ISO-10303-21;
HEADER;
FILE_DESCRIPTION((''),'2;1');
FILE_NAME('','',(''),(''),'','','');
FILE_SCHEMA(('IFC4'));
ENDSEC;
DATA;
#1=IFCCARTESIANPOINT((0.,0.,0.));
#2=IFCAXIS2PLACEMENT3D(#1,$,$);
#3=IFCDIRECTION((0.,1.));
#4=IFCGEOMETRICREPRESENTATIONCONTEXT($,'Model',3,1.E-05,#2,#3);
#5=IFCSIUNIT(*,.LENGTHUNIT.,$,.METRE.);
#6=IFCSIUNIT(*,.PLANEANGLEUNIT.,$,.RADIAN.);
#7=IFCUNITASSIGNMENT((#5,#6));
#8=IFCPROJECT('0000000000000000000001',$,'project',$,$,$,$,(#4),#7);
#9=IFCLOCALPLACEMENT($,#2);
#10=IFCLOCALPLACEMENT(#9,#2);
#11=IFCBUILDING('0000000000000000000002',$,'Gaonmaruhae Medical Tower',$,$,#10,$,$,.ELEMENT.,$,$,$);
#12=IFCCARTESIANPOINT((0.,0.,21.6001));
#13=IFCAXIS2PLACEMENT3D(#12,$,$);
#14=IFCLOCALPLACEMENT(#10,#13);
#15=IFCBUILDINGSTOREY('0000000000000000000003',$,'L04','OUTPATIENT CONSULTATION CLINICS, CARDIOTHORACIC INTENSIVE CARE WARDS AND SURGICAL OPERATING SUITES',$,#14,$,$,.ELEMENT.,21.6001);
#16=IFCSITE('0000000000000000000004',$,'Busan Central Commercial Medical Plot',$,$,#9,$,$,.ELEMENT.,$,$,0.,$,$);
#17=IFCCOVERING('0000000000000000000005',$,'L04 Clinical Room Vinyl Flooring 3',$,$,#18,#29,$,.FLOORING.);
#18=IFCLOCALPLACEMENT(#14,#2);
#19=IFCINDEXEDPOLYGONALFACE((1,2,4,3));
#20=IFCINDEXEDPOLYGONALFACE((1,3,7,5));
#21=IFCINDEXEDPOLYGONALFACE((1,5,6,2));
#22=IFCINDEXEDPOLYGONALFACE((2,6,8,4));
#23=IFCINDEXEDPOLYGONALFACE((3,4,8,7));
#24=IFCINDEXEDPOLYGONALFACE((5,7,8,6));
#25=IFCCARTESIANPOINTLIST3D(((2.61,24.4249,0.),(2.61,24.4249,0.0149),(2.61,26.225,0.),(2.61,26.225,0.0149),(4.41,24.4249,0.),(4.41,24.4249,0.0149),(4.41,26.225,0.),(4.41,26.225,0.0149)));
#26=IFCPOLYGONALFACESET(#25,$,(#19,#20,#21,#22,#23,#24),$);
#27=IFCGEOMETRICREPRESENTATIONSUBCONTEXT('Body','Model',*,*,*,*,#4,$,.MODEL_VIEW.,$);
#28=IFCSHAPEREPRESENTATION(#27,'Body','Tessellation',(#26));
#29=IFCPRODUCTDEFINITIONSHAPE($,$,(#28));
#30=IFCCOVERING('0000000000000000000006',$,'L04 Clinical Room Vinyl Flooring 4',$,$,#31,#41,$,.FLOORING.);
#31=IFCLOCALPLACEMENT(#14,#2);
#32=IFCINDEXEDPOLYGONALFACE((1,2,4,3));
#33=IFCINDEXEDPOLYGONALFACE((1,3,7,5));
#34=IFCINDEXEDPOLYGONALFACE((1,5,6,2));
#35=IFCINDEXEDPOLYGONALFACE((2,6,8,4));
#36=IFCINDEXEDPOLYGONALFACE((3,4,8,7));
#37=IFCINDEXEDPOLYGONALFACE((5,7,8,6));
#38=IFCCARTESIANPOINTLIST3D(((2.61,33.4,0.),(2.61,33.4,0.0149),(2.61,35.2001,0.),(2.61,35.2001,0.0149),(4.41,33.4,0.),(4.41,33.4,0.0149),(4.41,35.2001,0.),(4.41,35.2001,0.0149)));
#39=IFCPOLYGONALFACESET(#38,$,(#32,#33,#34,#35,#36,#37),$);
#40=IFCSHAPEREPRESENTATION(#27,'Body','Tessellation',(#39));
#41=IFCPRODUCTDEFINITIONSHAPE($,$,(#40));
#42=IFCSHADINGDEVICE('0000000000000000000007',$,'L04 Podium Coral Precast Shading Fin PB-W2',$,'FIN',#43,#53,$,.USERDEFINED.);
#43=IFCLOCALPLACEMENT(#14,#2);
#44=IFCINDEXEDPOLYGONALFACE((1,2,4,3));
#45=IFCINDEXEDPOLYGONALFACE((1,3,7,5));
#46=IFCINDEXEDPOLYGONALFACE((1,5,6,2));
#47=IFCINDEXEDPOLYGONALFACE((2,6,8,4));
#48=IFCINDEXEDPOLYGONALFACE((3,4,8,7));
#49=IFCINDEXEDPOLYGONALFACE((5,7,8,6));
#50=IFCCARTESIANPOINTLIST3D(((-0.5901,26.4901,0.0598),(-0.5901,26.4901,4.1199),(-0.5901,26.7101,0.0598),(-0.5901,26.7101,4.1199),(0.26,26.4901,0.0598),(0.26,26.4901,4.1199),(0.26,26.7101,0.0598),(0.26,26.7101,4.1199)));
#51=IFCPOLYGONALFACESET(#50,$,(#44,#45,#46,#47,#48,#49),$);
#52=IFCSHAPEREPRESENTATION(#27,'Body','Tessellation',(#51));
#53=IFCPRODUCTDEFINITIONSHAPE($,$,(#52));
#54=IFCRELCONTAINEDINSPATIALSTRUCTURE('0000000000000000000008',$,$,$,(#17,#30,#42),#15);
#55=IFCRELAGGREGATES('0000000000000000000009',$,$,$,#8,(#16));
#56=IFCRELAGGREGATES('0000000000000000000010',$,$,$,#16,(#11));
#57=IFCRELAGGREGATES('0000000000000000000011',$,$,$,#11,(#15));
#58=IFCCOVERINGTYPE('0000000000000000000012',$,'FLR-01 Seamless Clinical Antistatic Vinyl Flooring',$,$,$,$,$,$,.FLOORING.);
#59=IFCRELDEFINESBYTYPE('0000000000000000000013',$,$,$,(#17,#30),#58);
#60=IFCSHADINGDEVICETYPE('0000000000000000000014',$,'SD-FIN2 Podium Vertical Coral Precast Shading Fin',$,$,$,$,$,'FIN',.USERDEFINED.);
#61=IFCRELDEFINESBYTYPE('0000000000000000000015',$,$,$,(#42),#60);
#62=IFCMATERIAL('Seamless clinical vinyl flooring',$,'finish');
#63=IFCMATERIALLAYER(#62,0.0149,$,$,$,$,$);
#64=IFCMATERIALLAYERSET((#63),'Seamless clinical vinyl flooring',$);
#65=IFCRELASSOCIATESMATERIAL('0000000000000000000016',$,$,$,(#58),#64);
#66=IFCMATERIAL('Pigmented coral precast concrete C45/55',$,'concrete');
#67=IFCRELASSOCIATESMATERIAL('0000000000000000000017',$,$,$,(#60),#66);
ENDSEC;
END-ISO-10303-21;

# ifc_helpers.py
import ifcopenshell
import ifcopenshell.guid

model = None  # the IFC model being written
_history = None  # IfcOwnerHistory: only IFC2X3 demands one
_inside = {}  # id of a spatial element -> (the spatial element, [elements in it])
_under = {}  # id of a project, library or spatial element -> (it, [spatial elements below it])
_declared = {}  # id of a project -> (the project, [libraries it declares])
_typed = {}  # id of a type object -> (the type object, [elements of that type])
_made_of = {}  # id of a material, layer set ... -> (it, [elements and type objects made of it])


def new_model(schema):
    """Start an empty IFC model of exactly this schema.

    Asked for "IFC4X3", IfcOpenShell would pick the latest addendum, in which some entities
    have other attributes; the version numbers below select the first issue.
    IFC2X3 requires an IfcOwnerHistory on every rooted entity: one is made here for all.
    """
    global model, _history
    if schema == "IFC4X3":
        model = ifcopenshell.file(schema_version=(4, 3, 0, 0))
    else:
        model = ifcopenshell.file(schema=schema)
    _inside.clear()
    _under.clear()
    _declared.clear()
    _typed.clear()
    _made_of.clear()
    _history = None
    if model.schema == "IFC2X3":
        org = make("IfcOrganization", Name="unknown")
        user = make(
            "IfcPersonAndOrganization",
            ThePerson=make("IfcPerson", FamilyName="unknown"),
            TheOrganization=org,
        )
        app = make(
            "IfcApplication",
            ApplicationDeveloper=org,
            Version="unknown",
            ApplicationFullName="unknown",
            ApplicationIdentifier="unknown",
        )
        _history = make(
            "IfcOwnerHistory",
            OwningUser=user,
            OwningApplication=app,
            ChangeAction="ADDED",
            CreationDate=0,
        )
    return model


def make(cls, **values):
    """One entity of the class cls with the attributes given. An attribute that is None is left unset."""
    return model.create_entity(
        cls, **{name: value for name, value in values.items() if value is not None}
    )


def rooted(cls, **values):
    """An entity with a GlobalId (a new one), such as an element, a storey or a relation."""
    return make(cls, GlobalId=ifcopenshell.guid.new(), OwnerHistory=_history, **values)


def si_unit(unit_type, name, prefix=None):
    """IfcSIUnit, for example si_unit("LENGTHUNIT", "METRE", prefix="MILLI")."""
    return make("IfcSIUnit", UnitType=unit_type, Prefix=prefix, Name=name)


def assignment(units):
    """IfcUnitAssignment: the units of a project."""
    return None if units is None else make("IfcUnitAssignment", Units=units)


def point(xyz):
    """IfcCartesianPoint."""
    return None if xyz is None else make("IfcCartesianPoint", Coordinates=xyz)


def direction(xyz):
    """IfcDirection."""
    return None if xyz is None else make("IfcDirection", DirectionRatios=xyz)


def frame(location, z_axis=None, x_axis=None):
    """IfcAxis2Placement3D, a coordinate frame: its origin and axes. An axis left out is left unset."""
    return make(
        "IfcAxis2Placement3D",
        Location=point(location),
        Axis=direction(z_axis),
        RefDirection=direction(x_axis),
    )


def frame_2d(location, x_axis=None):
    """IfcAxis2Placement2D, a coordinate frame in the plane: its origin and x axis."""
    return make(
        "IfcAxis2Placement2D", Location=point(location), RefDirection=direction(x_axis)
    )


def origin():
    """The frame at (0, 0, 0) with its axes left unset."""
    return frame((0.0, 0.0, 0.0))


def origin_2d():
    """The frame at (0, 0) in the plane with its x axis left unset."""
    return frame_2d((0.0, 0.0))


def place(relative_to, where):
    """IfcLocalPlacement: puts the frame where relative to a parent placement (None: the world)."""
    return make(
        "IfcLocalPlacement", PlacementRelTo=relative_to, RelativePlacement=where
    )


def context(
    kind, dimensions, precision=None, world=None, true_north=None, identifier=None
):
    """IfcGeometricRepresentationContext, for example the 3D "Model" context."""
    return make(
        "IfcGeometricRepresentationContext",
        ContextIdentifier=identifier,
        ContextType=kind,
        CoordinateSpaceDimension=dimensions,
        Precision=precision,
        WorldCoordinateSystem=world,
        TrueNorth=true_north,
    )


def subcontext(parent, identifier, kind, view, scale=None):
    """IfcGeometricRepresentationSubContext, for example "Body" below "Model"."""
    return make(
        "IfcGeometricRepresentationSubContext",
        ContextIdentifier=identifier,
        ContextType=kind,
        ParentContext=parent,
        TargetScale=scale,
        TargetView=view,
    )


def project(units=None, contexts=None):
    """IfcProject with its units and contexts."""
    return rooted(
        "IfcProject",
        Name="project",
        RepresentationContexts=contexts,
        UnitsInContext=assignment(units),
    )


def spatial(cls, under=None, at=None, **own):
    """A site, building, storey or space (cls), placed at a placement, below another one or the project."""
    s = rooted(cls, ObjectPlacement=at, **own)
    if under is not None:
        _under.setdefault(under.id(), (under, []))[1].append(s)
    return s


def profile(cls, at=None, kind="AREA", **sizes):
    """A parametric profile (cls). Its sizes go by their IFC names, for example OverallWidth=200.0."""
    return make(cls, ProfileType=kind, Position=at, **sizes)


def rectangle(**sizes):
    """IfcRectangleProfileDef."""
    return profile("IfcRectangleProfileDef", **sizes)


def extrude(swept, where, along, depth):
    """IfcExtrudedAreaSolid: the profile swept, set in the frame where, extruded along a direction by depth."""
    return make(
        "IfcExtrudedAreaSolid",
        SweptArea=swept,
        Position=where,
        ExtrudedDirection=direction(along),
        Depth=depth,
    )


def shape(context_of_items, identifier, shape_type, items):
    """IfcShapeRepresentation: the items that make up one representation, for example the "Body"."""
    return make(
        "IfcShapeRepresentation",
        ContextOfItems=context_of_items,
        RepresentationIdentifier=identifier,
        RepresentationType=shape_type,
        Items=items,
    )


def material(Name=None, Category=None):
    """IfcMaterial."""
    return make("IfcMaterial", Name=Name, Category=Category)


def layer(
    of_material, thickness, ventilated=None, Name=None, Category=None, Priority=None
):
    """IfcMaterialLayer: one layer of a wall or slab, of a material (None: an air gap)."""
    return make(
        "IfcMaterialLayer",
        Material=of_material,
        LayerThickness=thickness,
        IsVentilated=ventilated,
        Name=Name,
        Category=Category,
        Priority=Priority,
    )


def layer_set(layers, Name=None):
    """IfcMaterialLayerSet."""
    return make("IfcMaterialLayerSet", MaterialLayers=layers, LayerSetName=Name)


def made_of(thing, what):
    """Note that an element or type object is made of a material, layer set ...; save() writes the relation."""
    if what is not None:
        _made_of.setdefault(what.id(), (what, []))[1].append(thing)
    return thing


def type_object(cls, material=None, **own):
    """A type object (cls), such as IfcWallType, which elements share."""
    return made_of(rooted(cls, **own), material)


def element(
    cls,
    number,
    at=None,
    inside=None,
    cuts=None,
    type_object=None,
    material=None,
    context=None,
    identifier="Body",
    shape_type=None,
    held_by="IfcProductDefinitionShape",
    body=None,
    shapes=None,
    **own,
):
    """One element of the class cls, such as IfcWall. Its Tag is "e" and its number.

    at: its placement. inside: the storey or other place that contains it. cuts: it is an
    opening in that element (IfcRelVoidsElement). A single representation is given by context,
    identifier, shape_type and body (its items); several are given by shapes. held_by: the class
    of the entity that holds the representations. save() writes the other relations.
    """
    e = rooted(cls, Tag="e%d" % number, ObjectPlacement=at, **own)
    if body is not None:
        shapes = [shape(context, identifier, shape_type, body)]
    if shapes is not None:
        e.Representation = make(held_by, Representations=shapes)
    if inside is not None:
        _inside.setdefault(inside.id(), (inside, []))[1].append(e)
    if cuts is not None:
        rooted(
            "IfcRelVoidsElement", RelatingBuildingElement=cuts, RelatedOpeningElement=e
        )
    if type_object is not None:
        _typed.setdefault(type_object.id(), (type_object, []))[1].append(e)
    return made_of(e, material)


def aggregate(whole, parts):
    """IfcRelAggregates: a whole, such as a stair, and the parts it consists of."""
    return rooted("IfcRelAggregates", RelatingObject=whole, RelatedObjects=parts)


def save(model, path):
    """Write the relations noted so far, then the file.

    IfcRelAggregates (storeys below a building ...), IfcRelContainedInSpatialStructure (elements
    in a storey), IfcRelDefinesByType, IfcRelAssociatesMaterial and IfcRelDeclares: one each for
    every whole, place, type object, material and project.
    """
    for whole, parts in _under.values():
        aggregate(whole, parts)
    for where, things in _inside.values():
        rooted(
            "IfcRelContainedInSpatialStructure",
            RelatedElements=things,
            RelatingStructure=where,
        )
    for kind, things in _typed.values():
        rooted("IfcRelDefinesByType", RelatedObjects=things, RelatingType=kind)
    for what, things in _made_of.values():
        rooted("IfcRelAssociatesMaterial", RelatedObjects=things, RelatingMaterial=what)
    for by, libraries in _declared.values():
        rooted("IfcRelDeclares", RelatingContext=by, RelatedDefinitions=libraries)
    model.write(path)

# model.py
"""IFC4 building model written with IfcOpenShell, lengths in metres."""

from ifc_helpers import new_model, si_unit, direction, frame, origin, origin_2d, place, context, subcontext, project, spatial, rectangle, extrude, material, layer, layer_set, type_object, element, save


model = new_model("IFC4")

# Units and contexts
model_context = context("Model", 3, precision=1e-05, world=origin(), true_north=direction((0.0, 1.0)))
body_context = subcontext(model_context, "Body", "Model", "MODEL_VIEW")
ifc_project = project(units=[si_unit("LENGTHUNIT", "METRE"), si_unit("PLANEANGLEUNIT", "RADIAN")], contexts=[model_context])

# Site, building, storey
site_placement = place(None, origin())
site = spatial("IfcSite", under=ifc_project, at=site_placement, Name="Busan Central Commercial Medical Plot", CompositionType="ELEMENT", RefElevation=0.0)
building_placement = place(site_placement, origin())
building = spatial("IfcBuilding", under=site, at=building_placement, Name="Gaonmaruhae Medical Tower", CompositionType="ELEMENT")
storey_placement = place(building_placement, frame((0.0, 0.0, 21.6001)))
storey = spatial("IfcBuildingStorey", under=building, at=storey_placement, Name="L04", Description="OUTPATIENT CONSULTATION CLINICS, CARDIOTHORACIC INTENSIVE CARE WARDS AND SURGICAL OPERATING SUITES", CompositionType="ELEMENT", Elevation=21.6001)

# Coverings
ifc_material_1 = material(Name="Seamless clinical vinyl flooring", Category="finish")
ifc_layer_1 = layer(ifc_material_1, 0.0149)
ifc_layer_set_1 = layer_set([ifc_layer_1], Name="Seamless clinical vinyl flooring")
covering_type_1 = type_object("IfcCoveringType", Name="FLR-01 Seamless Clinical Antistatic Vinyl Flooring", PredefinedType="FLOORING", material=ifc_layer_set_1)
for number, where, z_axis, x_axis, name in (
    (1, (3.51, 25.325, 0.0), (0.0, 0.0, 1.0), (1.0, 0.0, 0.0), "L04 Clinical Room Vinyl Flooring 3"),
    (2, (3.51, 34.3, 0.0), (0.0, 0.0, 1.0), (1.0, 0.0, 0.0), "L04 Clinical Room Vinyl Flooring 4"),
):
    element("IfcCovering", number, at=place(storey_placement, frame(where, z_axis=z_axis, x_axis=x_axis)), inside=storey, type_object=covering_type_1, Name=name, PredefinedType="FLOORING", context=body_context, shape_type="SweptSolid", body=[
        extrude(rectangle(XDim=1.8, YDim=1.8, at=origin_2d()), origin(), (0.0, 0.0, 1.0), 0.0149),
    ])

# Shading device
ifc_material_2 = material(Name="Pigmented coral precast concrete C45/55", Category="concrete")
shading_device_type = type_object("IfcShadingDeviceType", Name="SD-FIN2 Podium Vertical Coral Precast Shading Fin", ElementType="FIN", PredefinedType="USERDEFINED", material=ifc_material_2)
shading_device_placement = place(storey_placement, frame((-0.165, 26.6001, 0.0598), z_axis=(0.0, 0.0, 1.0), x_axis=(0.0, 1.0, 0.0)))
element("IfcShadingDevice", 3, at=shading_device_placement, inside=storey, type_object=shading_device_type, Name="L04 Podium Coral Precast Shading Fin PB-W2", ObjectType="FIN", PredefinedType="USERDEFINED", context=body_context, shape_type="SweptSolid", body=[
    extrude(rectangle(XDim=0.22, YDim=0.8501, at=origin_2d()), origin(), (0.0, 0.0, 1.0), 4.0601),
])

save(model, "model.ifc")
